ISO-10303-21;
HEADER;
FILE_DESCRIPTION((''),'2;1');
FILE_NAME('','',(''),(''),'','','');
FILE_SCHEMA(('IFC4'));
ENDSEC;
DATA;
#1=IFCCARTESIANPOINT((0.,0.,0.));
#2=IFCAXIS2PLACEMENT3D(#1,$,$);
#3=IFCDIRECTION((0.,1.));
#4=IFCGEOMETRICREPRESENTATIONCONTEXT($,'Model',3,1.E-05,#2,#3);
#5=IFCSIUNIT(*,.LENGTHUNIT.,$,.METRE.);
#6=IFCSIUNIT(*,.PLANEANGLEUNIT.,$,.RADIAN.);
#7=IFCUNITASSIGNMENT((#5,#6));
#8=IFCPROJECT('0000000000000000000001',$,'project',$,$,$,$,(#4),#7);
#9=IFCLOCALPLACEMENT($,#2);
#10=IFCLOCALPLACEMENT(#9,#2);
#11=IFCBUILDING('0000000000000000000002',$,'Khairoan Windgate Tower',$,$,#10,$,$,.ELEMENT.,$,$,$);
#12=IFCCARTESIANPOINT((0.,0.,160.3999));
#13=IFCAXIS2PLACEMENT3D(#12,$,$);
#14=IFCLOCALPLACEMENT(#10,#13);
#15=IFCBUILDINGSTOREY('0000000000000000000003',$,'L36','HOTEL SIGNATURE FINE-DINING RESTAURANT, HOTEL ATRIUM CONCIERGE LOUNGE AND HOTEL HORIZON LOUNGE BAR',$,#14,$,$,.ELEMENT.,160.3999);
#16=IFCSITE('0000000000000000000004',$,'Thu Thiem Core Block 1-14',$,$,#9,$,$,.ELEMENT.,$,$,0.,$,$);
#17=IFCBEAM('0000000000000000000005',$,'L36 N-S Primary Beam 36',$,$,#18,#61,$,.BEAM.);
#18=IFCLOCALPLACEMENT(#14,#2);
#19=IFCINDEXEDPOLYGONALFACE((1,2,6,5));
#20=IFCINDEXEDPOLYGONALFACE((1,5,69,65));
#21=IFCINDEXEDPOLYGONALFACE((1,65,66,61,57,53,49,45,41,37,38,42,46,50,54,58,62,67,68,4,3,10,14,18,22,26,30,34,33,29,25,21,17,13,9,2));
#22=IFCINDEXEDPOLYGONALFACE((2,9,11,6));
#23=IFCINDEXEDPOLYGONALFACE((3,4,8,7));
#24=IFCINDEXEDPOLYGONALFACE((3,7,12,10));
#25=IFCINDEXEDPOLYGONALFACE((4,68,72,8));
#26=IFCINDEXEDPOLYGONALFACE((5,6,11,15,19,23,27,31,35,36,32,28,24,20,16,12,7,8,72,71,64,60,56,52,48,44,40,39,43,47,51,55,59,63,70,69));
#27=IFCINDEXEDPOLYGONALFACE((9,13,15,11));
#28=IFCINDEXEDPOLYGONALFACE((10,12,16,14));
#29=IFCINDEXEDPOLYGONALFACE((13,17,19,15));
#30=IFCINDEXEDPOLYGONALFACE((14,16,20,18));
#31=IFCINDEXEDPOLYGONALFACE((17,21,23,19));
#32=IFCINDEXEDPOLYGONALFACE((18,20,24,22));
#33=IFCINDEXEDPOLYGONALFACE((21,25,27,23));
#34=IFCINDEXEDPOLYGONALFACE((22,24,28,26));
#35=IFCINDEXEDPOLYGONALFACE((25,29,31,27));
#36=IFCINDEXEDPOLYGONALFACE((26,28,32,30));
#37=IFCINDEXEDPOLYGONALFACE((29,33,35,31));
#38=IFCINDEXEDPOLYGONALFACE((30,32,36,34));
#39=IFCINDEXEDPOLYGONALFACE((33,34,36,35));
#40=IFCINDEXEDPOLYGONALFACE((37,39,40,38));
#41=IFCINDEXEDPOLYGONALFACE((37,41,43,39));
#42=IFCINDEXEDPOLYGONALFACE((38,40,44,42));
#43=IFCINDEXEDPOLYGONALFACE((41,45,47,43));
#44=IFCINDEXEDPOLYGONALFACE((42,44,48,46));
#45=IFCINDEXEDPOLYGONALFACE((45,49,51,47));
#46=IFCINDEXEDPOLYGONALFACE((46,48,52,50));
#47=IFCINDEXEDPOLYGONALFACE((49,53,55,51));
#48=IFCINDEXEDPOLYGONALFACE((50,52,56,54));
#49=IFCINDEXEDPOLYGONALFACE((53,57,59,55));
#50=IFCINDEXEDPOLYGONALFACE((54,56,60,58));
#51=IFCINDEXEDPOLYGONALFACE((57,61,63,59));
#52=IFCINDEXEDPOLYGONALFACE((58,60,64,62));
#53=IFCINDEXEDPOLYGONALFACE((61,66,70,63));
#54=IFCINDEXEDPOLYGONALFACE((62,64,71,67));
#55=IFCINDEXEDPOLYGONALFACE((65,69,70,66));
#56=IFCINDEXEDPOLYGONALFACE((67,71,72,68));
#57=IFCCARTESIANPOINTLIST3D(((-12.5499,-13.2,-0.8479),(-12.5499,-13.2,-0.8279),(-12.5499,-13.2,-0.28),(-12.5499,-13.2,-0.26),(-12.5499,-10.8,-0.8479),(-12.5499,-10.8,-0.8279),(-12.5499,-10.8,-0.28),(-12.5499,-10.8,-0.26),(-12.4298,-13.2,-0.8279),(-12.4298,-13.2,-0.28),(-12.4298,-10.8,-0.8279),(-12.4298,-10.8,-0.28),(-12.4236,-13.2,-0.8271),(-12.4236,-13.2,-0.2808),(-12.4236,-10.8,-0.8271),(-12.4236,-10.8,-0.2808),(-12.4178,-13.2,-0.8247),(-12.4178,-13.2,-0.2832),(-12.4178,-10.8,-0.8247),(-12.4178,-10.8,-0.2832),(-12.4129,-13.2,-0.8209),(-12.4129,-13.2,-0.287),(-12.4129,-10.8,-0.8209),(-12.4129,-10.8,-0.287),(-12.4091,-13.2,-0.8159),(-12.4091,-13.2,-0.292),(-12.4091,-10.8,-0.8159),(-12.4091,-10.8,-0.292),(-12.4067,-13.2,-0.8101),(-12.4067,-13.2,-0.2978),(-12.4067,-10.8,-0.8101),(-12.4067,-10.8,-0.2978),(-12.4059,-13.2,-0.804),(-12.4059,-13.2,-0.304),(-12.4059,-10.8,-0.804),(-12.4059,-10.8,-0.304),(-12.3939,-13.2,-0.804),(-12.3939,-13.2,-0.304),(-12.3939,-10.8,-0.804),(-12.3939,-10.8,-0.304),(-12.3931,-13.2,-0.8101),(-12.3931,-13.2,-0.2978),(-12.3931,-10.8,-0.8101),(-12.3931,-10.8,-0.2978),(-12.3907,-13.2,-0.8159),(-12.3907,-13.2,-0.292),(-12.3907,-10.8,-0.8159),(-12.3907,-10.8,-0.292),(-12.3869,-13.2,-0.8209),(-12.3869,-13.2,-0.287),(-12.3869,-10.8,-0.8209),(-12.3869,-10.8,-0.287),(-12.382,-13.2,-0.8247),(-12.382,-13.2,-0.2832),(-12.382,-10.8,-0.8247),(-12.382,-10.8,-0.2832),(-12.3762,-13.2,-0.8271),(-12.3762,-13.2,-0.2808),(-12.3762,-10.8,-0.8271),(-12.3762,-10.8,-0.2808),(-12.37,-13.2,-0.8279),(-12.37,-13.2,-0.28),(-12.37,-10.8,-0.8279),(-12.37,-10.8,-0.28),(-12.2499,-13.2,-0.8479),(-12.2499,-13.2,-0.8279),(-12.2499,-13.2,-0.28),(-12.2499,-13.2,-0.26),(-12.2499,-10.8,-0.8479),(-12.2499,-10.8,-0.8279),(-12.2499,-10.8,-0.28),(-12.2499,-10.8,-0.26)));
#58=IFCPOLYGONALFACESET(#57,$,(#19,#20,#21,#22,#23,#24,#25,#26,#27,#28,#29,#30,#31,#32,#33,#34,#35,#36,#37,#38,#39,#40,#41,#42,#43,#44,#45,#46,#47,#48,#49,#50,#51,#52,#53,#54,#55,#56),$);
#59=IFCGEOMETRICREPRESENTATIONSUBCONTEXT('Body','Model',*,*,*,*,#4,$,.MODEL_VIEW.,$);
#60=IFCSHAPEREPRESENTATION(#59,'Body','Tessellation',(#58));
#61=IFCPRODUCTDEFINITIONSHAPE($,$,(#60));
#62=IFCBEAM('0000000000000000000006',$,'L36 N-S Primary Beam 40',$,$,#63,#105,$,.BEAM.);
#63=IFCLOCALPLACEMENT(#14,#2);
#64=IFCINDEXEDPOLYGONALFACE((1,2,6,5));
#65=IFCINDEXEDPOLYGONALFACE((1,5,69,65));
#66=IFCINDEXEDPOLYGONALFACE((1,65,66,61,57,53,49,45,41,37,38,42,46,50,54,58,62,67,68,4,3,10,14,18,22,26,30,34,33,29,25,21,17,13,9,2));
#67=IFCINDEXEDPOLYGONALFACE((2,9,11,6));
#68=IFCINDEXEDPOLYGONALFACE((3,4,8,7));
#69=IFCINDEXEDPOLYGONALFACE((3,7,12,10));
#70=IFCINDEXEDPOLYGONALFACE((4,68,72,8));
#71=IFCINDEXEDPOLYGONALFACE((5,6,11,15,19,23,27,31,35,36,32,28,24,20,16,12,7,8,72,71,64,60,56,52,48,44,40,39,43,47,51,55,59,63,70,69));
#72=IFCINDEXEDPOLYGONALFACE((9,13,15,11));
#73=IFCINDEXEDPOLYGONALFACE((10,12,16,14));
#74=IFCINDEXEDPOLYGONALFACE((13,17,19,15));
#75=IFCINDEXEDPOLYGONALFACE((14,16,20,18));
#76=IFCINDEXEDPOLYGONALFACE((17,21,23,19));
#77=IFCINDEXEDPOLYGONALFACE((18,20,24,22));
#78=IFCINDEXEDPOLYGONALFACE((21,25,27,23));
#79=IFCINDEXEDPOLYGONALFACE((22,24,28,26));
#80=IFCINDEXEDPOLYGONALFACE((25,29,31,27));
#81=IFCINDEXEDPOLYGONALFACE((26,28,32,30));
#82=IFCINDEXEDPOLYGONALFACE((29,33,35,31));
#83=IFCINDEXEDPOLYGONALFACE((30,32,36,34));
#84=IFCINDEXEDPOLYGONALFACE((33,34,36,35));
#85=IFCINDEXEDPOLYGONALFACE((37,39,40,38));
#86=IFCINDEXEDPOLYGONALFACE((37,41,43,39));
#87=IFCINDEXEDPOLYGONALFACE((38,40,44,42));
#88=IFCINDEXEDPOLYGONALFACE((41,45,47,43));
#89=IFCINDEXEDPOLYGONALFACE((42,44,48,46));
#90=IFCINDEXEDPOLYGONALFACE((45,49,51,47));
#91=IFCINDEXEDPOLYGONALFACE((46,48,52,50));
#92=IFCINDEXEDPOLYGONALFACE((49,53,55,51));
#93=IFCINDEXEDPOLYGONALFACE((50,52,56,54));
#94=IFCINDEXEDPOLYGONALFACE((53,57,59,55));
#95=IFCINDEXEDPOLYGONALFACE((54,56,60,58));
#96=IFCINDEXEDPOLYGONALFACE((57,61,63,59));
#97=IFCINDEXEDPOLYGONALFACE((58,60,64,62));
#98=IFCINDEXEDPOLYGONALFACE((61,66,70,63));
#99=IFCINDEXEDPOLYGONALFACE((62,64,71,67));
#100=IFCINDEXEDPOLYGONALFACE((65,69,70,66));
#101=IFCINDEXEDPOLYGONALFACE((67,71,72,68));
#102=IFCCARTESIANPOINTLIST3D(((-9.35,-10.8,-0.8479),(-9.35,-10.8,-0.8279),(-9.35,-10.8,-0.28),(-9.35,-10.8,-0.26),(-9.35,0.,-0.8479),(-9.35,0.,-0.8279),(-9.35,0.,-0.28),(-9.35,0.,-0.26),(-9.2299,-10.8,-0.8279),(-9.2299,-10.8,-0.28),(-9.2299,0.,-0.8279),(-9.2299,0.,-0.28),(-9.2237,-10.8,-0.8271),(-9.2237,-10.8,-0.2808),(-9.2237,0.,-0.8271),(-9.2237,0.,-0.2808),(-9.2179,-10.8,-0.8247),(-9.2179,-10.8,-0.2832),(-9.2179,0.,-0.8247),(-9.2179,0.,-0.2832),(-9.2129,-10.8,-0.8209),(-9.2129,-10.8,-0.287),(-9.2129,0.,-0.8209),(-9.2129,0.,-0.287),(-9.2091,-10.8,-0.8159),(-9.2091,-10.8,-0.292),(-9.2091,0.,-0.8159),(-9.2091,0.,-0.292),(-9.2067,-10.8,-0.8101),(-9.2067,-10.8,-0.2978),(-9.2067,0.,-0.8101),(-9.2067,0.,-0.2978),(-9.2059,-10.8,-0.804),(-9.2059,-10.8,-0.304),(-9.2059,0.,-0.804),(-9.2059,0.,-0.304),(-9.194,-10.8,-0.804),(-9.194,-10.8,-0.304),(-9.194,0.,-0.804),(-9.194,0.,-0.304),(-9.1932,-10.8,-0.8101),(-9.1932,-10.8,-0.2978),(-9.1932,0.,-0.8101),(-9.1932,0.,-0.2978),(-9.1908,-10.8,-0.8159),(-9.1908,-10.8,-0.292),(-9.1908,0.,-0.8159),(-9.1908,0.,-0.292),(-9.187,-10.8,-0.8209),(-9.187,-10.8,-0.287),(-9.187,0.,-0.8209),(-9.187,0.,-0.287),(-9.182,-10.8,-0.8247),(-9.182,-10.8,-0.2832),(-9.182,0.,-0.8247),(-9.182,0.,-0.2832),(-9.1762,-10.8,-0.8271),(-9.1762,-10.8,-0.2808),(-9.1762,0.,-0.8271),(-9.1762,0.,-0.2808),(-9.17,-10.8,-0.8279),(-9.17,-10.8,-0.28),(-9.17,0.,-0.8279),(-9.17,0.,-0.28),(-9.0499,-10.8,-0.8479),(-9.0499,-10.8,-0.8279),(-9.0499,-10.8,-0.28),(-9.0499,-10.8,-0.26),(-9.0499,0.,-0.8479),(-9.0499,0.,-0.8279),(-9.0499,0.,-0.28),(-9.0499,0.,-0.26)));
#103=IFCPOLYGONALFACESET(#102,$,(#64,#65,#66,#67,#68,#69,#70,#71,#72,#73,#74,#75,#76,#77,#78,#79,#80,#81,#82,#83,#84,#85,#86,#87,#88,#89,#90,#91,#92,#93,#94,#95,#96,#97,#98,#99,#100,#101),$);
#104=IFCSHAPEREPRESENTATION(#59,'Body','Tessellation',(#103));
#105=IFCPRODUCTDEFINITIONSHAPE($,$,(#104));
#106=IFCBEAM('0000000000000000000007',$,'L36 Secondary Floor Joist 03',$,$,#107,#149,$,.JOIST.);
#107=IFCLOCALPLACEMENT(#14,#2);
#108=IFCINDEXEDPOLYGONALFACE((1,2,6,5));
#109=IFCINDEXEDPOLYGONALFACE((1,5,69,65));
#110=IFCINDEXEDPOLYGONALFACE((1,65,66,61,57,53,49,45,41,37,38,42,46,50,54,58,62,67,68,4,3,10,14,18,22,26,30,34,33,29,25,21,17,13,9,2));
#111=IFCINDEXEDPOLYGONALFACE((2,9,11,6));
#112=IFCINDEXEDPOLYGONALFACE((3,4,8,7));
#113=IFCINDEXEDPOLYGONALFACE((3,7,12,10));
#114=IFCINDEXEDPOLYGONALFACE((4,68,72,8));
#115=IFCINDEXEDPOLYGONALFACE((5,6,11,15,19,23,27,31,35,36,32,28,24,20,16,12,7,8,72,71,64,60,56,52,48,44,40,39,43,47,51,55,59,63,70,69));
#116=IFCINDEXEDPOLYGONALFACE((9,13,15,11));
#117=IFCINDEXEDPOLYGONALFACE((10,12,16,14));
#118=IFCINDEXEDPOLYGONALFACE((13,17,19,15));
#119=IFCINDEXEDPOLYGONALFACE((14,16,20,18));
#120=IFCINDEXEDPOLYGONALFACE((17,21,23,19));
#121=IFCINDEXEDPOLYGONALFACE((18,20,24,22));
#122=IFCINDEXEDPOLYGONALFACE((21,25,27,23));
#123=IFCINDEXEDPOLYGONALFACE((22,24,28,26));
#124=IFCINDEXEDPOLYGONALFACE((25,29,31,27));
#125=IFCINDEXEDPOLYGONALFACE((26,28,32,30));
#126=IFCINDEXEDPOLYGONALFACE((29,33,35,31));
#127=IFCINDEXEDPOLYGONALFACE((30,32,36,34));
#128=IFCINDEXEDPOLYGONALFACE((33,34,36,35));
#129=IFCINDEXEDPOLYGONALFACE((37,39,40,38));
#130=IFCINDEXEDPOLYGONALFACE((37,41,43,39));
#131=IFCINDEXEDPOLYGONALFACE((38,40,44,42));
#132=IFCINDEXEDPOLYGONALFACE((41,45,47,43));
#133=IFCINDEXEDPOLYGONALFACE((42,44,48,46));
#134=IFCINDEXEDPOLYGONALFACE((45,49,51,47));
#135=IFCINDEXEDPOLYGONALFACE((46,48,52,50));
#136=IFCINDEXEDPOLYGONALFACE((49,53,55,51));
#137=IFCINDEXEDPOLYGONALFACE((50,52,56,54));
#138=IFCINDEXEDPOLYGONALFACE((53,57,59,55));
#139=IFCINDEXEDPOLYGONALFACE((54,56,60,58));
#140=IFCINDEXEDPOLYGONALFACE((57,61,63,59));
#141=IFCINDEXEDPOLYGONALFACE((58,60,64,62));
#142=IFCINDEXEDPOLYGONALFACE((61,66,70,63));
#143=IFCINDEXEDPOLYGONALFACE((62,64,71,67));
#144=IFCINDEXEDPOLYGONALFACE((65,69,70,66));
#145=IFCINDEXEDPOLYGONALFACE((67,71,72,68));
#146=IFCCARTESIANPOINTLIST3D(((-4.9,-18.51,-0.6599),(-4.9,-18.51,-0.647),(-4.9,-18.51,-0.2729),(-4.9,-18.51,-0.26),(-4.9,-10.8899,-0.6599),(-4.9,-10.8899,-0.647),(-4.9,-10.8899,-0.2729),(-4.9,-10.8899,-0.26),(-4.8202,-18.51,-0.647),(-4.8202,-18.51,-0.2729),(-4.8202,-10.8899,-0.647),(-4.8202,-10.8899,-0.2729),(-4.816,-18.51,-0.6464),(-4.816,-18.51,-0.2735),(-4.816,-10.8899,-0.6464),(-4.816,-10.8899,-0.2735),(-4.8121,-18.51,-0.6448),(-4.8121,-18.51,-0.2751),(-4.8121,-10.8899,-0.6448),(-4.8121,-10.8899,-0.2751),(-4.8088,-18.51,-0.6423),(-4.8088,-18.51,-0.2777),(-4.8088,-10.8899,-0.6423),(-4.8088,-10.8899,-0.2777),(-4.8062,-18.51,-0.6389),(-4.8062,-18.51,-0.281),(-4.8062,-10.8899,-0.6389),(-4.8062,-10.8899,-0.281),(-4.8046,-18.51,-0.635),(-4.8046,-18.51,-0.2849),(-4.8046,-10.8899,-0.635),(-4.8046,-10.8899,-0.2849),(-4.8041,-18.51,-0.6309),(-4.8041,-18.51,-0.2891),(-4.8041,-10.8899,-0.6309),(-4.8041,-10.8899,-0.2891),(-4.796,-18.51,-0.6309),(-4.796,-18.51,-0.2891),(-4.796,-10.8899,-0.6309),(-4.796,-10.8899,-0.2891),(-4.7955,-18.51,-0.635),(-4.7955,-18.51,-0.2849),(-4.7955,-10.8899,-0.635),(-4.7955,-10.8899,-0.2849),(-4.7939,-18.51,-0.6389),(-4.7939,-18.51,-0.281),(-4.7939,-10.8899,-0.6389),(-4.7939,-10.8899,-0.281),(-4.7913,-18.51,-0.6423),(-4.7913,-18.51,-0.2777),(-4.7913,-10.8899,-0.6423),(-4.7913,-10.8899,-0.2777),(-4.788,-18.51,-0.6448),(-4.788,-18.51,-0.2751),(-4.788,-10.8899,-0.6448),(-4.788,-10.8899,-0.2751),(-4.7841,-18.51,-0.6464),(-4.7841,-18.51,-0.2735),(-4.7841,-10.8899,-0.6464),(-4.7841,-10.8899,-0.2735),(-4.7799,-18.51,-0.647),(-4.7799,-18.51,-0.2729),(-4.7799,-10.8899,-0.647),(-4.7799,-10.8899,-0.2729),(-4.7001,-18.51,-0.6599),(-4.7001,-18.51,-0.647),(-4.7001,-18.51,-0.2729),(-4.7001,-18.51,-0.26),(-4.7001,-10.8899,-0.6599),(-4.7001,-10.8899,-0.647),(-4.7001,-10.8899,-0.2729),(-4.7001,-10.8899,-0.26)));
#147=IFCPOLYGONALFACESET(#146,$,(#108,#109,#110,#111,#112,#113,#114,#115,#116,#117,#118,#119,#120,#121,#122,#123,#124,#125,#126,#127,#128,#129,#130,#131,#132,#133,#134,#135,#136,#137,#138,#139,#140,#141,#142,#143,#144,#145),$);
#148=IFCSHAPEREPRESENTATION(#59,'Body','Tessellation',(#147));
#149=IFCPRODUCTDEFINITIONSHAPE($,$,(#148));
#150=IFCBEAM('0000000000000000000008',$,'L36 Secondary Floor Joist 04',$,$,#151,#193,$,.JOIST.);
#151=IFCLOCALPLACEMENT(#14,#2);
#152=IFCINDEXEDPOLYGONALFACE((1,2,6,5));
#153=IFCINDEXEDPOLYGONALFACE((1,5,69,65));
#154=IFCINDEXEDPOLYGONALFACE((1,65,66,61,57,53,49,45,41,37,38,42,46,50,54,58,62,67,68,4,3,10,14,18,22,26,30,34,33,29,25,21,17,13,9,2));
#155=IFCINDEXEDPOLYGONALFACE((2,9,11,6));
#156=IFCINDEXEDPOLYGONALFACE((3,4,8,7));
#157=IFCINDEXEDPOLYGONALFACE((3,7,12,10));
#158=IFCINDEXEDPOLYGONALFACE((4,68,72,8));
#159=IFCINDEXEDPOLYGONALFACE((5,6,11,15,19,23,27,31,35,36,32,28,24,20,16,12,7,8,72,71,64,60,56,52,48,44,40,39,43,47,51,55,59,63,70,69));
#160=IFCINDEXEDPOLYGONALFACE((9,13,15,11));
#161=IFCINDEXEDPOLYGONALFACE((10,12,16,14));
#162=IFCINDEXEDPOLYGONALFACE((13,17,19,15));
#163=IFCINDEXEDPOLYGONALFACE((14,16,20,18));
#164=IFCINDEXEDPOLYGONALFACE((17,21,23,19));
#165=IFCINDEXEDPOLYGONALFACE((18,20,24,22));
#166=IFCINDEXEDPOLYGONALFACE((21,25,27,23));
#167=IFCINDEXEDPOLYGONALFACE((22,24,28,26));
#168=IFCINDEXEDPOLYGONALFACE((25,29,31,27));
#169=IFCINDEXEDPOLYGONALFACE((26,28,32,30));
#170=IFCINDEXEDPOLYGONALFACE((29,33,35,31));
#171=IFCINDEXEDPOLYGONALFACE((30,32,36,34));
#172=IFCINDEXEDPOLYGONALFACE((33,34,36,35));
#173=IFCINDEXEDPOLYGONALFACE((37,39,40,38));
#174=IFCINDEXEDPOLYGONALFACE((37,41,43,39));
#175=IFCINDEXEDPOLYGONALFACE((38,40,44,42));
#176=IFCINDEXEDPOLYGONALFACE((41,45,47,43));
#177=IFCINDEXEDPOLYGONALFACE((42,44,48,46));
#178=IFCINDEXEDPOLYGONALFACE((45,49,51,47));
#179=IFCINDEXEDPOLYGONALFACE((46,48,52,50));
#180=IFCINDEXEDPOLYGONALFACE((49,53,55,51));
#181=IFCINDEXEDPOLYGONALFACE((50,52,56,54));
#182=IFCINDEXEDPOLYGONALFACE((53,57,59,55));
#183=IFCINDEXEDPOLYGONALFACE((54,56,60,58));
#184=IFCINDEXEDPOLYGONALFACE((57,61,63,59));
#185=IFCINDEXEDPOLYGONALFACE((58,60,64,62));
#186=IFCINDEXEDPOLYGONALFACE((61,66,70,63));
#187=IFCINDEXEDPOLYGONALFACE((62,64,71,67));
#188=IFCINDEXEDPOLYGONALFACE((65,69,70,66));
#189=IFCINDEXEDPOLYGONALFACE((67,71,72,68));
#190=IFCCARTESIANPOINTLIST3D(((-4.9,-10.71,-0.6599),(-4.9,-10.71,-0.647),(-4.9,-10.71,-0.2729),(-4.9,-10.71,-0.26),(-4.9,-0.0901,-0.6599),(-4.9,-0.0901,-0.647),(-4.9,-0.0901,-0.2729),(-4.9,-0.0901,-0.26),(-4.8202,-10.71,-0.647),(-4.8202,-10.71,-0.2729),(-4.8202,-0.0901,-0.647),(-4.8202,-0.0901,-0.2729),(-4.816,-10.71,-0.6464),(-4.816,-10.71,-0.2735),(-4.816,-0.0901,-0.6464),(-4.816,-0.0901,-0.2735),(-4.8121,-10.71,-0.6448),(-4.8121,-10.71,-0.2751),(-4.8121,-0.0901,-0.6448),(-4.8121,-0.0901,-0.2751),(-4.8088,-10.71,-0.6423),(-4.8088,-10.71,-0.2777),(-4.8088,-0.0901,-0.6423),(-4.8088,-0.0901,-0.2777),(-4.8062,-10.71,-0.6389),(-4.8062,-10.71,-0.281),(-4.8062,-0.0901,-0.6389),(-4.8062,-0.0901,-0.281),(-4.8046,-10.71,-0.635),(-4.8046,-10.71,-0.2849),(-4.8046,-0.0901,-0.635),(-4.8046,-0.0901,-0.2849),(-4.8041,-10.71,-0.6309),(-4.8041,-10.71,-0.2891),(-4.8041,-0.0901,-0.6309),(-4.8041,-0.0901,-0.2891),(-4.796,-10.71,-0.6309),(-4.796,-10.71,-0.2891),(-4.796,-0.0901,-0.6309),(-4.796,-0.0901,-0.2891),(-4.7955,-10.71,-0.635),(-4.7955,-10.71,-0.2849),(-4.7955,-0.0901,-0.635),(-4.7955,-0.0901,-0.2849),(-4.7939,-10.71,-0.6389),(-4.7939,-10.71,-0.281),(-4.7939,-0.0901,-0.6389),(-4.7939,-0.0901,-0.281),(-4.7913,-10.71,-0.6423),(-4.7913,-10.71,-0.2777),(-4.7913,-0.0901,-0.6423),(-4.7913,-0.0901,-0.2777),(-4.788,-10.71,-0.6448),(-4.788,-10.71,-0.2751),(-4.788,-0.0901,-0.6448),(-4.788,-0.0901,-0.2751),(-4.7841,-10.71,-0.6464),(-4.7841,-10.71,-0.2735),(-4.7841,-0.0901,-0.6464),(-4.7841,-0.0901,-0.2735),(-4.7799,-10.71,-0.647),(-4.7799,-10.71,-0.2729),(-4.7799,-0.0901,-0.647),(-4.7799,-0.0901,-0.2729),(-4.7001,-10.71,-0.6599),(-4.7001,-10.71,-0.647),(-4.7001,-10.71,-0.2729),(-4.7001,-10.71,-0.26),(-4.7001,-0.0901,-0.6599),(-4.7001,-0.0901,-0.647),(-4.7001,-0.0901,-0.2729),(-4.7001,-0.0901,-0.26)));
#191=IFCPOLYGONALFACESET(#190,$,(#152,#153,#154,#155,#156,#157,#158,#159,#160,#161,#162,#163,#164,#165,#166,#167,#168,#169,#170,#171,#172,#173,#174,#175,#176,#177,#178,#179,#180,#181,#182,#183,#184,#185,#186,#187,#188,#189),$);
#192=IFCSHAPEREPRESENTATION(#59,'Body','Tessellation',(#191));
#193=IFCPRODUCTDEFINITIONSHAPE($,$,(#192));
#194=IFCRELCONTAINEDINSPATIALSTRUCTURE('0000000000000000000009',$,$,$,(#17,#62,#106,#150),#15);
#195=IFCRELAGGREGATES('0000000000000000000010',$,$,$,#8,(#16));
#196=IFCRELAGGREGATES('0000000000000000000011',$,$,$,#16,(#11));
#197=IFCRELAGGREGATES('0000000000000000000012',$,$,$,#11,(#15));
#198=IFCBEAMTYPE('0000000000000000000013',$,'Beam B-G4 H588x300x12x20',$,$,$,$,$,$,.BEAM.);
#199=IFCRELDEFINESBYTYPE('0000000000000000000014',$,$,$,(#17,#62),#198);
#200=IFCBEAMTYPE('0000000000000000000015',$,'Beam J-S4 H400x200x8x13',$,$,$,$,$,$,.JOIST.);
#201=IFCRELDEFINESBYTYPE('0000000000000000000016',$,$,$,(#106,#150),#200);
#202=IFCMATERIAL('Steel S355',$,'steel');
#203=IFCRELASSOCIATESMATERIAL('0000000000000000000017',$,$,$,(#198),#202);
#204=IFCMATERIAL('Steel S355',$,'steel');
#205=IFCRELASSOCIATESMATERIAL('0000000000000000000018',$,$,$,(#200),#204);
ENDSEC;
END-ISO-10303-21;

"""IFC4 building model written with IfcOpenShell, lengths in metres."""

from ifc_helpers import new_model, si_unit, direction, frame, origin, origin_2d, place, context, subcontext, project, spatial, i_section, extrude, material, material_profile, profile_set, type_object, element, save


model = new_model("IFC4")

# Units and contexts
model_context = context("Model", 3, precision=1e-05, world=origin(), true_north=direction((0.0, 1.0)))
body_context = subcontext(model_context, "Body", "Model", "MODEL_VIEW")
ifc_project = project(units=[si_unit("LENGTHUNIT", "METRE"), si_unit("PLANEANGLEUNIT", "RADIAN")], contexts=[model_context])

# Site, building, storey
site_placement = place(None, origin())
site = spatial("IfcSite", under=ifc_project, at=site_placement, Name="Thu Thiem Core Block 1-14", CompositionType="ELEMENT", RefElevation=0.0)
building_placement = place(site_placement, origin())
building = spatial("IfcBuilding", under=site, at=building_placement, Name="Khairoan Windgate Tower", CompositionType="ELEMENT")
storey_placement = place(building_placement, frame((0.0, 0.0, 160.3999)))
storey = spatial("IfcBuildingStorey", under=building, at=storey_placement, Name="L36", Description="HOTEL SIGNATURE FINE-DINING RESTAURANT, HOTEL ATRIUM CONCIERGE LOUNGE AND HOTEL HORIZON LOUNGE BAR", CompositionType="ELEMENT", Elevation=160.3999)

# Beams
ifc_material_1 = material(Name="Steel S355", Category="steel")
ifc_material_profile_1 = material_profile(ifc_material_1, i_section(OverallWidth=0.3, OverallDepth=0.5879, WebThickness=0.012, FlangeThickness=0.02, FilletRadius=0.0239, at=origin_2d()))
ifc_profile_set_1 = profile_set([ifc_material_profile_1], Name="Steel S355")
beam_type_1 = type_object("IfcBeamType", Name="Beam B-G4 H588x300x12x20", PredefinedType="BEAM", material=ifc_profile_set_1)
beam_1_placement = place(storey_placement, frame((-12.3999, -13.2, -0.554), z_axis=(0.0, 1.0, 0.0), x_axis=(-1.0, 0.0, 0.0)))
element("IfcBeam", 1, at=beam_1_placement, inside=storey, type_object=beam_type_1, Name="L36 N-S Primary Beam 36", PredefinedType="BEAM", context=body_context, shape_type="SweptSolid", body=[
    extrude(i_section(OverallWidth=0.3, OverallDepth=0.5879, WebThickness=0.012, FlangeThickness=0.02, FilletRadius=0.0239, at=origin_2d()), origin(), (0.0, 0.0, 1.0), 2.3999),
])
beam_2_placement = place(storey_placement, frame((-9.2, -10.8, -0.554), z_axis=(0.0, 1.0, 0.0), x_axis=(-1.0, 0.0, 0.0)))
element("IfcBeam", 2, at=beam_2_placement, inside=storey, type_object=beam_type_1, Name="L36 N-S Primary Beam 40", PredefinedType="BEAM", context=body_context, shape_type="SweptSolid", body=[
    extrude(i_section(OverallWidth=0.3, OverallDepth=0.5879, WebThickness=0.012, FlangeThickness=0.02, FilletRadius=0.0239, at=origin_2d()), origin(), (0.0, 0.0, 1.0), 10.8),
])
ifc_material_2 = material(Name="Steel S355", Category="steel")
ifc_material_profile_2 = material_profile(ifc_material_2, i_section(OverallWidth=0.2, OverallDepth=0.3999, WebThickness=0.0081, FlangeThickness=0.0129, FilletRadius=0.0161, at=origin_2d()))
ifc_profile_set_2 = profile_set([ifc_material_profile_2], Name="Steel S355")
beam_type_2 = type_object("IfcBeamType", Name="Beam J-S4 H400x200x8x13", PredefinedType="JOIST", material=ifc_profile_set_2)
beam_3_placement = place(storey_placement, frame((-4.8, -18.51, -0.46), z_axis=(0.0, 1.0, 0.0), x_axis=(-1.0, 0.0, 0.0)))
element("IfcBeam", 3, at=beam_3_placement, inside=storey, type_object=beam_type_2, Name="L36 Secondary Floor Joist 03", PredefinedType="JOIST", context=body_context, shape_type="SweptSolid", body=[
    extrude(i_section(OverallWidth=0.2, OverallDepth=0.3999, WebThickness=0.0081, FlangeThickness=0.0129, FilletRadius=0.0161, at=origin_2d()), origin(), (0.0, 0.0, 1.0), 7.6201),
])
beam_4_placement = place(storey_placement, frame((-4.8, -10.71, -0.46), z_axis=(0.0, 1.0, 0.0), x_axis=(-1.0, 0.0, 0.0)))
element("IfcBeam", 4, at=beam_4_placement, inside=storey, type_object=beam_type_2, Name="L36 Secondary Floor Joist 04", PredefinedType="JOIST", context=body_context, shape_type="SweptSolid", body=[
    extrude(i_section(OverallWidth=0.2, OverallDepth=0.3999, WebThickness=0.0081, FlangeThickness=0.0129, FilletRadius=0.0161, at=origin_2d()), origin(), (0.0, 0.0, 1.0), 10.6199),
])

save(model, "model.ifc")
